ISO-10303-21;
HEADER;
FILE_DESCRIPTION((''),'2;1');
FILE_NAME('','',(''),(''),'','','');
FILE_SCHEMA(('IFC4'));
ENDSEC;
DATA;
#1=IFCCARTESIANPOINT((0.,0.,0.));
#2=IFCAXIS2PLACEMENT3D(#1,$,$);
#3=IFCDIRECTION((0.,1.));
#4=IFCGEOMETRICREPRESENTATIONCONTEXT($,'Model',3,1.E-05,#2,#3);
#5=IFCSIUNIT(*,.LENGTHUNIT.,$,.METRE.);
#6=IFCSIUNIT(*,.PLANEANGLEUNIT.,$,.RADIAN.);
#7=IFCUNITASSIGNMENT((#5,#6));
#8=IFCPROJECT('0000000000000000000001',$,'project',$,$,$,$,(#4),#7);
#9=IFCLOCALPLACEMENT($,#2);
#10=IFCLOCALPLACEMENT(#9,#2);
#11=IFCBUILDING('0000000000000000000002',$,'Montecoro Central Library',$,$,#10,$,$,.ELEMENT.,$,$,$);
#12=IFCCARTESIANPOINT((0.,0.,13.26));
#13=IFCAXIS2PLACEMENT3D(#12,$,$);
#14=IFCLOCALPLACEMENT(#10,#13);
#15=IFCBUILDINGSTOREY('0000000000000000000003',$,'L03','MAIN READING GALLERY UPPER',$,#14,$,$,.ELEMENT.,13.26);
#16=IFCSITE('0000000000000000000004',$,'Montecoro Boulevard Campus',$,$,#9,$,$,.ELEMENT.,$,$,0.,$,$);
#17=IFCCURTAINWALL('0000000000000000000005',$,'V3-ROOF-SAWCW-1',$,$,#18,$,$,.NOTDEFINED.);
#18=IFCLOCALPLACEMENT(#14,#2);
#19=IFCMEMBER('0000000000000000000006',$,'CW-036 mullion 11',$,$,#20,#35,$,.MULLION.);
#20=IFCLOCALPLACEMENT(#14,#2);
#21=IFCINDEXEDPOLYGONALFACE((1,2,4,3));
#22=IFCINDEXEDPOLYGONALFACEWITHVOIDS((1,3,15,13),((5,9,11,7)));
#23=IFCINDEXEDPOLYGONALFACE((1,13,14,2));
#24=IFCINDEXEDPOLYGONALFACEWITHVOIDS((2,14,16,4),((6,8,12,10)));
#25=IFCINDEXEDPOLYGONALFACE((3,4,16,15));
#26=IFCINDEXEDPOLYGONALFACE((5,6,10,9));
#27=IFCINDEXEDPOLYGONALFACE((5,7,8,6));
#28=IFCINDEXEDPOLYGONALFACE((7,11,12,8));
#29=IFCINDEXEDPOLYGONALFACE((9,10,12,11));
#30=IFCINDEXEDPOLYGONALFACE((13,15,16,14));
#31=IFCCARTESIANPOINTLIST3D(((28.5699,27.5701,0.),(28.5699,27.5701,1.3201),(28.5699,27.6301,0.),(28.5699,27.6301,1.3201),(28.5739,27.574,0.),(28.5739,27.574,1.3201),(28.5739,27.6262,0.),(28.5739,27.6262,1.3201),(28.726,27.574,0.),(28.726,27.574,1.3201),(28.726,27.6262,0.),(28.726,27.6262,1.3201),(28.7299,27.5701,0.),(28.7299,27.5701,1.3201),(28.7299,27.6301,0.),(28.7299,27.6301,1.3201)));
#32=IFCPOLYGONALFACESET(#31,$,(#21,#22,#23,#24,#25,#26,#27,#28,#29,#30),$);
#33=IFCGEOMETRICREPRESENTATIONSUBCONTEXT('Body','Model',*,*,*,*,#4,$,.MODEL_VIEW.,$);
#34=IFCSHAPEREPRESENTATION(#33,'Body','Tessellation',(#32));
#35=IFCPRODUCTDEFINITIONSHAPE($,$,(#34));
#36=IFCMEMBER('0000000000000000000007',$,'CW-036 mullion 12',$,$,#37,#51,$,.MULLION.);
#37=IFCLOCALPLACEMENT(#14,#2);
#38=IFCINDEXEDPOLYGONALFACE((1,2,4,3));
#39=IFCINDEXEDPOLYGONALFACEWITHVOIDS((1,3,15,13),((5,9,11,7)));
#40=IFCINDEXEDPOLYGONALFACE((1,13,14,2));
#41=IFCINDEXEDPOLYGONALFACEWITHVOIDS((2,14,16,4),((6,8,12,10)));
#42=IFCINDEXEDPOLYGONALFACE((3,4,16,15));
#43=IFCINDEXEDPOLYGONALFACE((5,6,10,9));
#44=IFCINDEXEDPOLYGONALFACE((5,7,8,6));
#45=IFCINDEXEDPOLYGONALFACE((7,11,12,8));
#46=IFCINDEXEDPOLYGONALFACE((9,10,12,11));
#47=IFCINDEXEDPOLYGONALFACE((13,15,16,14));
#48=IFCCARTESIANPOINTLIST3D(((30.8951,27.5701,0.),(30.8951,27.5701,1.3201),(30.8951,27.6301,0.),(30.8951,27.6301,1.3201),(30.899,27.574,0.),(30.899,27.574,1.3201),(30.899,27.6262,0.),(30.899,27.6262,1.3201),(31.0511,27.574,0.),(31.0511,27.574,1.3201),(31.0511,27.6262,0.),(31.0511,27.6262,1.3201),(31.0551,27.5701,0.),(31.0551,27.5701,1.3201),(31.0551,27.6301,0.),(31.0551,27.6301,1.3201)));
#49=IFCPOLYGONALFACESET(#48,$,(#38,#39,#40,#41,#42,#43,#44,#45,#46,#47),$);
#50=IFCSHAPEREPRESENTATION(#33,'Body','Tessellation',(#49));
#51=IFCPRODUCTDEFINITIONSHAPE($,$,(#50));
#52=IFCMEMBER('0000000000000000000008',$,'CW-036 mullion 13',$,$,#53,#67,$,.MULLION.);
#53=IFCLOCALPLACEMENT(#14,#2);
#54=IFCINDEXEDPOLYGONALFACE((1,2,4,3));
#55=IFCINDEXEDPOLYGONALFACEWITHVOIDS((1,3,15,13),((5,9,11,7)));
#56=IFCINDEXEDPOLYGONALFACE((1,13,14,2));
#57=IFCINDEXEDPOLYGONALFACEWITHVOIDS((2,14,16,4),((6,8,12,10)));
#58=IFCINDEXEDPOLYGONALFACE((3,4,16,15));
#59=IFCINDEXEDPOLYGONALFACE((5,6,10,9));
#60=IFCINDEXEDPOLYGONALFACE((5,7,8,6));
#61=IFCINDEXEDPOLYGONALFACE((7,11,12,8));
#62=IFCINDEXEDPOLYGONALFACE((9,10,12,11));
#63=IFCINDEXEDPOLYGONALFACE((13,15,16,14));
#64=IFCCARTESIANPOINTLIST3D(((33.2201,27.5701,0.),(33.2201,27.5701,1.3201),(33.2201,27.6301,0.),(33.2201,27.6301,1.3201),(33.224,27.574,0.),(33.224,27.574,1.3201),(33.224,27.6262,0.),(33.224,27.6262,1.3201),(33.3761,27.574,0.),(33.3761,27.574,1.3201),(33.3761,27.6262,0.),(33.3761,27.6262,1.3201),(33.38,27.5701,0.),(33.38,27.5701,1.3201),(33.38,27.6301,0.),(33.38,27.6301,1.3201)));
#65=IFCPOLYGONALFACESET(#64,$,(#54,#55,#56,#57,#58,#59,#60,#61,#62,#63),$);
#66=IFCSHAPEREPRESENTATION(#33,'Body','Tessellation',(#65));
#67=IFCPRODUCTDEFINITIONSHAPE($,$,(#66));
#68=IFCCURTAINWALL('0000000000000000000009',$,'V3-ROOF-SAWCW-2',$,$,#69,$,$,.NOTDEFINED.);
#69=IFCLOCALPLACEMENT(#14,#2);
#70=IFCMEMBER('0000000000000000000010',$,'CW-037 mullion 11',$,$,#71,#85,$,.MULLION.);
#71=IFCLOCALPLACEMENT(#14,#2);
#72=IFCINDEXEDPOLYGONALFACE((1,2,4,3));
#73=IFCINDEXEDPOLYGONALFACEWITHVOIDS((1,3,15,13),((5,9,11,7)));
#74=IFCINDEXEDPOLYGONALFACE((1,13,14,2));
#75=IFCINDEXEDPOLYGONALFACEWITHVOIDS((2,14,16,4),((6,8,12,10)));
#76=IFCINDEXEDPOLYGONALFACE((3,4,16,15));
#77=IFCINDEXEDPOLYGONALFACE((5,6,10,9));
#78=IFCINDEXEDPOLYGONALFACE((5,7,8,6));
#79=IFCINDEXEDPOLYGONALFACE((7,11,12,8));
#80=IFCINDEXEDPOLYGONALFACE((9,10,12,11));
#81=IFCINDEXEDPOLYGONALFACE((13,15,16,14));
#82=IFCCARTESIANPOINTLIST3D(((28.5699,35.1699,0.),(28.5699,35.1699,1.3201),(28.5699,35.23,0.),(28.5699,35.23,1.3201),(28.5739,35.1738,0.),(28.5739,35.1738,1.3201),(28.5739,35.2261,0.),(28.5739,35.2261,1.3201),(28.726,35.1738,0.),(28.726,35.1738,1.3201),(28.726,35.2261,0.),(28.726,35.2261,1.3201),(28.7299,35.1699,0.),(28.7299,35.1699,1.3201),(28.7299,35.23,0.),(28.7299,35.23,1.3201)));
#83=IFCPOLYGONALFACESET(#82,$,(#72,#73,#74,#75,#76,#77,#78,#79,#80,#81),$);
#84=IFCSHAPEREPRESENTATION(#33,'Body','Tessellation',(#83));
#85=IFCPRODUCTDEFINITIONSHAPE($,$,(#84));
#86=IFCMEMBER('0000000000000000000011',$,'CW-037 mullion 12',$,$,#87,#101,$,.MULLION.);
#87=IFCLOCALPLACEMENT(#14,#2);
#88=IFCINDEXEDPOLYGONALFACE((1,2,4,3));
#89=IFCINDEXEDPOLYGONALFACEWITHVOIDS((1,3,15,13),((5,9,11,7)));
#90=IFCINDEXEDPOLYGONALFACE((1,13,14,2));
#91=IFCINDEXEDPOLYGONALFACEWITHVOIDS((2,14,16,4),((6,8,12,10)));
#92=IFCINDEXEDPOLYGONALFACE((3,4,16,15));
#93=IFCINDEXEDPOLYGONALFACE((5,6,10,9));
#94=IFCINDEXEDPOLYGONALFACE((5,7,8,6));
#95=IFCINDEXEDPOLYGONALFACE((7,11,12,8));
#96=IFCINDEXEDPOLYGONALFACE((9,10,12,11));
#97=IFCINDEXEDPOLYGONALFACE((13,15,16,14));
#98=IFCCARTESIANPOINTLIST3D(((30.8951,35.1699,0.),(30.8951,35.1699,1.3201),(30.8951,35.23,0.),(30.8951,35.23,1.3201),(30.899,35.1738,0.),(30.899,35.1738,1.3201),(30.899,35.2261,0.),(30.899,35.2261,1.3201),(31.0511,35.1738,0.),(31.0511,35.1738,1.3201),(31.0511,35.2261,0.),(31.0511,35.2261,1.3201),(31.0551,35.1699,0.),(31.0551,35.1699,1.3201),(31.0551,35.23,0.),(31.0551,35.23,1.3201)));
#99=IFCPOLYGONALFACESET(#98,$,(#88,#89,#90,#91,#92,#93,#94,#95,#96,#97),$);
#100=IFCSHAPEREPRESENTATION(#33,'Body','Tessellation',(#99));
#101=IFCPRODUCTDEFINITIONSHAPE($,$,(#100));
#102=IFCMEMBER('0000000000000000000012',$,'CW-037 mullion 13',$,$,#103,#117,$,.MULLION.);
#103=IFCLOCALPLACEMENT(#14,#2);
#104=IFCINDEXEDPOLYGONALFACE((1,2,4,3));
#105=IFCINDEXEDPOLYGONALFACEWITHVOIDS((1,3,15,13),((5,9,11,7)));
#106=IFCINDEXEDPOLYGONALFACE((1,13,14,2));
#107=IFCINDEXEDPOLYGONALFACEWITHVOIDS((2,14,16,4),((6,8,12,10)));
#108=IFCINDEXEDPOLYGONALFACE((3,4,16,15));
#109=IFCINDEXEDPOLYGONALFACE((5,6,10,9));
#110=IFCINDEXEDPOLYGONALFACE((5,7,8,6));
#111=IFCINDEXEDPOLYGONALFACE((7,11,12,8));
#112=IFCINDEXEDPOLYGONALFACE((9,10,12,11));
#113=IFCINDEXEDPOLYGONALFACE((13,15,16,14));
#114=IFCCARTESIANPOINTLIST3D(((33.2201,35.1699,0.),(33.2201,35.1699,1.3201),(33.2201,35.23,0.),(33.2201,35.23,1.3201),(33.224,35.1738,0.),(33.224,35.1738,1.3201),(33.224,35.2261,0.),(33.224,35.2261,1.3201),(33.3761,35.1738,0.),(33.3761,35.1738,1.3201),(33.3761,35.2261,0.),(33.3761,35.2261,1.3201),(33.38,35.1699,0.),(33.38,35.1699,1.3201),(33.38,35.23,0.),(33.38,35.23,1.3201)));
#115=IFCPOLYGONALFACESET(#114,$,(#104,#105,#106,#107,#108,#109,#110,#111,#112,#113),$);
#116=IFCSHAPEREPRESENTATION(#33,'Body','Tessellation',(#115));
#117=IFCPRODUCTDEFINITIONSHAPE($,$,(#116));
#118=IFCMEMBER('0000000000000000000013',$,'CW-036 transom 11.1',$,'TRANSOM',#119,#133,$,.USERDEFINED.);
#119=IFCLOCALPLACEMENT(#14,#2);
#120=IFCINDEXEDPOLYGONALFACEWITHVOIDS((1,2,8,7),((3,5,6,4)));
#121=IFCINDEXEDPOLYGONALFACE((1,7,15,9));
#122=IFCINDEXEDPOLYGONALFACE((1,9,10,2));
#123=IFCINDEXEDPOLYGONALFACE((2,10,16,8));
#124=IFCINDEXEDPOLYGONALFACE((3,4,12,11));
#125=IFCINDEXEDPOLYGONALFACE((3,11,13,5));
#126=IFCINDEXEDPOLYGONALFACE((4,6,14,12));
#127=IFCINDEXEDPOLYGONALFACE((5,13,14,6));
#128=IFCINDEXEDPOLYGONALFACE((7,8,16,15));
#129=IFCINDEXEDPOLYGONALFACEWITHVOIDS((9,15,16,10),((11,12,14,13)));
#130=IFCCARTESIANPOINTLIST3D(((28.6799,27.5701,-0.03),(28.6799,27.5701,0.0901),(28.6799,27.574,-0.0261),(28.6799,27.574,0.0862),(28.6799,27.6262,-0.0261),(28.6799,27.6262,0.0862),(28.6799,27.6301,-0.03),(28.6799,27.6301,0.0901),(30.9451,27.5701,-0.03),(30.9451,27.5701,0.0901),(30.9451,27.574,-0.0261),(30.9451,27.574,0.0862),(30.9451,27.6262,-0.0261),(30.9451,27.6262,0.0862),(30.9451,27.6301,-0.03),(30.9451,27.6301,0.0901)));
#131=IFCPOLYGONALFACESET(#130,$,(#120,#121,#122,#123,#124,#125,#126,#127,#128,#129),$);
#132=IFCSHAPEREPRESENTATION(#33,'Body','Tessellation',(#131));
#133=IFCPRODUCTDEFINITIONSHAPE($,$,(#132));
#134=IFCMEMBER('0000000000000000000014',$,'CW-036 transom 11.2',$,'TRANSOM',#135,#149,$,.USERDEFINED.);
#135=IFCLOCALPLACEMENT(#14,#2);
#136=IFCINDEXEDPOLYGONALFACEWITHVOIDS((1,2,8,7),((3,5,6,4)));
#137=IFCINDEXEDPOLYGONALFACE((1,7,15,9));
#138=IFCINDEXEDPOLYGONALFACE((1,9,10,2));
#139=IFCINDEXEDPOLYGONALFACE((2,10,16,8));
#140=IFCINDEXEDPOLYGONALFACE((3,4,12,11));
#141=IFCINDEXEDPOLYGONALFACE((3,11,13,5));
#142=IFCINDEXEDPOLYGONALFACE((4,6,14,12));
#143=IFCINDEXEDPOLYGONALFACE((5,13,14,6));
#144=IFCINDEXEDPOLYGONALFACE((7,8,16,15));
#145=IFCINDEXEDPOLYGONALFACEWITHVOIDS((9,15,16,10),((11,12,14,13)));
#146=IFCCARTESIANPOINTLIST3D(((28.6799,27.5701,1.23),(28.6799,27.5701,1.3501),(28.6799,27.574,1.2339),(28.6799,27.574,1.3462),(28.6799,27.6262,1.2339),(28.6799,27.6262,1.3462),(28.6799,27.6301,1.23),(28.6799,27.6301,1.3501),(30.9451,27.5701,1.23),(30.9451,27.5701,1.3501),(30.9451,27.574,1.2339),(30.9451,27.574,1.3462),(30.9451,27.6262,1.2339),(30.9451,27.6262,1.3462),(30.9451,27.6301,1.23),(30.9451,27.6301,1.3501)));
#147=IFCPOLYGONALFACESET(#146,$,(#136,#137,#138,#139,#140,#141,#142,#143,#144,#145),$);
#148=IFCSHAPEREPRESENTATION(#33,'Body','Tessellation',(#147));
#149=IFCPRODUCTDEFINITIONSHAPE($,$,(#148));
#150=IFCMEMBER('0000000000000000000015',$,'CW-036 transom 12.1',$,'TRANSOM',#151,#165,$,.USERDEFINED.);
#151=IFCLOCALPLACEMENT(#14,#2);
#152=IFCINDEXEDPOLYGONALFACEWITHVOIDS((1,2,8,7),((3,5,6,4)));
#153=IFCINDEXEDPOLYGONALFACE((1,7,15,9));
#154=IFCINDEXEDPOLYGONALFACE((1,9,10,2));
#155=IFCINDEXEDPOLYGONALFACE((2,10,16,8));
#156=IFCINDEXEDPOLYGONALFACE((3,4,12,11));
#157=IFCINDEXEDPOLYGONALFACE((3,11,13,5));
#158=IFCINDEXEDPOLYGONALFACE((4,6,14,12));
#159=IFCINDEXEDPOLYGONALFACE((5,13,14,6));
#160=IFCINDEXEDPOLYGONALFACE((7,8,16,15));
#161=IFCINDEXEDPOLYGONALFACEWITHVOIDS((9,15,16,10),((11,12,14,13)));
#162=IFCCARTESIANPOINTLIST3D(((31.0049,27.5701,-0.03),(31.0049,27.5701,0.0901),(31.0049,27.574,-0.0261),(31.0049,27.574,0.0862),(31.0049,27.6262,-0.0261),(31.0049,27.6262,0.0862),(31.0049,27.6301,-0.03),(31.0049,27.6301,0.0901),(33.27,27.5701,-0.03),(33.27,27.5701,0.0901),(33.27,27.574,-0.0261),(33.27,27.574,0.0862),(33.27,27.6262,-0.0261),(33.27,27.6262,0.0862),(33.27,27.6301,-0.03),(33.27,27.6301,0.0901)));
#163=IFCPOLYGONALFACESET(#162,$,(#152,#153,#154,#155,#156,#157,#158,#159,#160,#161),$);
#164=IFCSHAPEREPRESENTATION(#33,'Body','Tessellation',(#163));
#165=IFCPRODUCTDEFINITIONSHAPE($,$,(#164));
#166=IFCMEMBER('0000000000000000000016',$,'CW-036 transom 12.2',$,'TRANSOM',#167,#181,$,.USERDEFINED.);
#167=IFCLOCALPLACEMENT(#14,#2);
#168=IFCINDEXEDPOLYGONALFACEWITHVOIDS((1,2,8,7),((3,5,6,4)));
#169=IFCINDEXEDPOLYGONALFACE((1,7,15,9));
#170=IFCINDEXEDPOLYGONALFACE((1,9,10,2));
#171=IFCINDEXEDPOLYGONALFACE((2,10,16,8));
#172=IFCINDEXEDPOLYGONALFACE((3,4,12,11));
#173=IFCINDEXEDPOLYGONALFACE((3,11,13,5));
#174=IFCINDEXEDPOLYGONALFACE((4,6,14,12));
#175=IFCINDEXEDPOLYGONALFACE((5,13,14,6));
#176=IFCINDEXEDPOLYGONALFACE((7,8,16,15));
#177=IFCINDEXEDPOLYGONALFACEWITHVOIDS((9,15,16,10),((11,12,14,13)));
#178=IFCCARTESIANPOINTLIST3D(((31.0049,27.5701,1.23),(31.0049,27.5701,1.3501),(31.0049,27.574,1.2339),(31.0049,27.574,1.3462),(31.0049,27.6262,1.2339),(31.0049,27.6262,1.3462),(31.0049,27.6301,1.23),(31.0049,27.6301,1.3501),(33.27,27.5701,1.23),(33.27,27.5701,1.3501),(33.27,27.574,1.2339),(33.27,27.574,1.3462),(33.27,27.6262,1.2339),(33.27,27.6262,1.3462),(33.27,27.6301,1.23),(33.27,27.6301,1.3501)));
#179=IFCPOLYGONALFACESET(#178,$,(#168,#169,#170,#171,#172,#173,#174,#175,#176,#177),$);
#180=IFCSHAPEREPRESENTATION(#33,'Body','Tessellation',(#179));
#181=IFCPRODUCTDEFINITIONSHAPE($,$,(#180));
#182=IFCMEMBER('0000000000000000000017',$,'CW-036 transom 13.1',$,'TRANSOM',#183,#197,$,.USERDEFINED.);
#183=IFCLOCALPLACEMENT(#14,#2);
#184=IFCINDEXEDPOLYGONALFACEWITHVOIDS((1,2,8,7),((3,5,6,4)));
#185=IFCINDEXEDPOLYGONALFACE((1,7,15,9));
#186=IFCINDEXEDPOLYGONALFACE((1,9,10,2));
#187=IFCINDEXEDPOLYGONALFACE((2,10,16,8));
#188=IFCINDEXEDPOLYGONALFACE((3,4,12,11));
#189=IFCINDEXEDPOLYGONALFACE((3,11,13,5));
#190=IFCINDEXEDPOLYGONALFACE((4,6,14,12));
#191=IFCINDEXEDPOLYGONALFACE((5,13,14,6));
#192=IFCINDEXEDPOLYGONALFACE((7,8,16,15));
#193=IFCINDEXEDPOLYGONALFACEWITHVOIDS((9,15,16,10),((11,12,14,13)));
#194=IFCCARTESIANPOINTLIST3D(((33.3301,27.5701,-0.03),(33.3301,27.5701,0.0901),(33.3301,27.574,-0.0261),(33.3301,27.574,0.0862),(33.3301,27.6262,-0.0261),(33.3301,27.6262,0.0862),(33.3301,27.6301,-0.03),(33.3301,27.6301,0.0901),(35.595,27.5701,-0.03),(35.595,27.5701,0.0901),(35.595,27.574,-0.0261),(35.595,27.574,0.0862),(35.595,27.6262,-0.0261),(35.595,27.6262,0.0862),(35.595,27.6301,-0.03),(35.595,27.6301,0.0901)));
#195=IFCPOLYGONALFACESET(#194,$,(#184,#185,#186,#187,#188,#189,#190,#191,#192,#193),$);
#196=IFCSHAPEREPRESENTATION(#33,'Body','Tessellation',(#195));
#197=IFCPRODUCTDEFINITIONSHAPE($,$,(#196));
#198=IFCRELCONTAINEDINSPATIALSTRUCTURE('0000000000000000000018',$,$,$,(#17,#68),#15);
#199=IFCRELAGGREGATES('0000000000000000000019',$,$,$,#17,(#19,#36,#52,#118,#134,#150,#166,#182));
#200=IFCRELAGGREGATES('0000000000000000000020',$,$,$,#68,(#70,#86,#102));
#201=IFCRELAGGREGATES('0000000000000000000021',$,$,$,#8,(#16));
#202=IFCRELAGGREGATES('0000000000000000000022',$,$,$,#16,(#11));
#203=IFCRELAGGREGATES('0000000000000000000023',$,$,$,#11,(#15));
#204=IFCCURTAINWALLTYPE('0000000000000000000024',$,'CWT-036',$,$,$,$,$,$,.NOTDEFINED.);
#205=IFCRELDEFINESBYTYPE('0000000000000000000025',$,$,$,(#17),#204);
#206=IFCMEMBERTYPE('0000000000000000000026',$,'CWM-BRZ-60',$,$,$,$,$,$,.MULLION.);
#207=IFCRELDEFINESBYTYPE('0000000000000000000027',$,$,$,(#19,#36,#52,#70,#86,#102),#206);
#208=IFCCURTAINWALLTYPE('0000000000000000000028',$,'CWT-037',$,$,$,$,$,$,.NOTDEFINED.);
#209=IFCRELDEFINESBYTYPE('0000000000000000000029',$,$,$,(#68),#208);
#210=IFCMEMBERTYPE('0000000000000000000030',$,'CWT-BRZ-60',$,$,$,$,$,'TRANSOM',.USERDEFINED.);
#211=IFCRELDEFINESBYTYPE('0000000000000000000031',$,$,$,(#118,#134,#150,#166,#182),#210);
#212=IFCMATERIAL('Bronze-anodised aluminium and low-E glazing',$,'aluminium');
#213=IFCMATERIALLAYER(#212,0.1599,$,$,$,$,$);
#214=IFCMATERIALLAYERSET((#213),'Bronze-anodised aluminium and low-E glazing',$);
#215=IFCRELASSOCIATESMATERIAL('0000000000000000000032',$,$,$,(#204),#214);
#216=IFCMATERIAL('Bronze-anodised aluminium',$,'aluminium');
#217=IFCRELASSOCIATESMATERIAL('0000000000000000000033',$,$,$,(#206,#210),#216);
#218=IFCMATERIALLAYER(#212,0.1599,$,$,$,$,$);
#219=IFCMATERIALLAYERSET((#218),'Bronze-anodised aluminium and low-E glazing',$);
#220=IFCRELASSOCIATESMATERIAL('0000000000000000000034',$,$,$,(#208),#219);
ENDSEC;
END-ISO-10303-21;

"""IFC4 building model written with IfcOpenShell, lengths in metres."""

from ifc_helpers import new_model, si_unit, direction, frame, origin, origin_2d, place, context, subcontext, project, spatial, hollow_rectangle, extrude, material, layer, layer_set, material_profile, profile_set, type_object, element, aggregate, save


model = new_model("IFC4")

# Units and contexts
model_context = context("Model", 3, precision=1e-05, world=origin(), true_north=direction((0.0, 1.0)))
body_context = subcontext(model_context, "Body", "Model", "MODEL_VIEW")
ifc_project = project(units=[si_unit("LENGTHUNIT", "METRE"), si_unit("PLANEANGLEUNIT", "RADIAN")], contexts=[model_context])

# Site, building, storey
site_placement = place(None, origin())
site = spatial("IfcSite", under=ifc_project, at=site_placement, Name="Montecoro Boulevard Campus", CompositionType="ELEMENT", RefElevation=0.0)
building_placement = place(site_placement, origin())
building = spatial("IfcBuilding", under=site, at=building_placement, Name="Montecoro Central Library", CompositionType="ELEMENT")
storey_placement = place(building_placement, frame((0.0, 0.0, 13.26)))
storey = spatial("IfcBuildingStorey", under=building, at=storey_placement, Name="L03", Description="MAIN READING GALLERY UPPER", CompositionType="ELEMENT", Elevation=13.26)

# Curtain walls, members
ifc_material_1 = material(Name="Bronze-anodised aluminium and low-E glazing", Category="aluminium")
ifc_layer_1 = layer(ifc_material_1, 0.1599)
ifc_layer_set_1 = layer_set([ifc_layer_1], Name="Bronze-anodised aluminium and low-E glazing")
curtain_wall_type_1 = type_object("IfcCurtainWallType", Name="CWT-036", PredefinedType="NOTDEFINED", material=ifc_layer_set_1)
curtain_wall_1_placement = place(storey_placement, origin())
curtain_wall_1 = element("IfcCurtainWall", 1, at=curtain_wall_1_placement, inside=storey, type_object=curtain_wall_type_1, Name="V3-ROOF-SAWCW-1", PredefinedType="NOTDEFINED")
ifc_material_2 = material(Name="Bronze-anodised aluminium", Category="aluminium")
ifc_material_profile_1 = material_profile(ifc_material_2, hollow_rectangle(XDim=0.0601, YDim=0.1599, WallThickness=0.0039, at=origin_2d()), Name="CWM 160x60x4.0")
ifc_profile_set_1 = profile_set([ifc_material_profile_1], Name="Bronze-anodised aluminium")
member_type_1 = type_object("IfcMemberType", Name="CWM-BRZ-60", PredefinedType="MULLION", material=ifc_profile_set_1)
member_1_placement = place(storey_placement, frame((28.6499, 27.6001, 0.0), z_axis=(0.0, 0.0, 1.0), x_axis=(0.0, 1.0, 0.0)))
member_1 = element("IfcMember", 2, at=member_1_placement, type_object=member_type_1, Name="CW-036 mullion 11", PredefinedType="MULLION", context=body_context, shape_type="SweptSolid", body=[
    extrude(hollow_rectangle(XDim=0.0601, YDim=0.1599, WallThickness=0.0039, at=origin_2d()), origin(), (0.0, 0.0, 1.0), 1.3201),
])
member_2_placement = place(storey_placement, frame((30.9751, 27.6001, 0.0), z_axis=(0.0, 0.0, 1.0), x_axis=(0.0, 1.0, 0.0)))
member_2 = element("IfcMember", 3, at=member_2_placement, type_object=member_type_1, Name="CW-036 mullion 12", PredefinedType="MULLION", context=body_context, shape_type="SweptSolid", body=[
    extrude(hollow_rectangle(XDim=0.0601, YDim=0.1599, WallThickness=0.0039, at=origin_2d()), origin(), (0.0, 0.0, 1.0), 1.3201),
])
member_3_placement = place(storey_placement, frame((33.3, 27.6001, 0.0), z_axis=(0.0, 0.0, 1.0), x_axis=(0.0, 1.0, 0.0)))
member_3 = element("IfcMember", 4, at=member_3_placement, type_object=member_type_1, Name="CW-036 mullion 13", PredefinedType="MULLION", context=body_context, shape_type="SweptSolid", body=[
    extrude(hollow_rectangle(XDim=0.0601, YDim=0.1599, WallThickness=0.0039, at=origin_2d()), origin(), (0.0, 0.0, 1.0), 1.3201),
])
ifc_layer_2 = layer(ifc_material_1, 0.1599)
ifc_layer_set_2 = layer_set([ifc_layer_2], Name="Bronze-anodised aluminium and low-E glazing")
curtain_wall_type_2 = type_object("IfcCurtainWallType", Name="CWT-037", PredefinedType="NOTDEFINED", material=ifc_layer_set_2)
curtain_wall_2_placement = place(storey_placement, origin())
curtain_wall_2 = element("IfcCurtainWall", 5, at=curtain_wall_2_placement, inside=storey, type_object=curtain_wall_type_2, Name="V3-ROOF-SAWCW-2", PredefinedType="NOTDEFINED")
member_4_placement = place(storey_placement, frame((28.6499, 35.2, 0.0), z_axis=(0.0, 0.0, 1.0), x_axis=(0.0, 1.0, 0.0)))
member_4 = element("IfcMember", 6, at=member_4_placement, type_object=member_type_1, Name="CW-037 mullion 11", PredefinedType="MULLION", context=body_context, shape_type="SweptSolid", body=[
    extrude(hollow_rectangle(XDim=0.0601, YDim=0.1599, WallThickness=0.0039, at=origin_2d()), origin(), (0.0, 0.0, 1.0), 1.3201),
])
member_5_placement = place(storey_placement, frame((30.9751, 35.2, 0.0), z_axis=(0.0, 0.0, 1.0), x_axis=(0.0, 1.0, 0.0)))
member_5 = element("IfcMember", 7, at=member_5_placement, type_object=member_type_1, Name="CW-037 mullion 12", PredefinedType="MULLION", context=body_context, shape_type="SweptSolid", body=[
    extrude(hollow_rectangle(XDim=0.0601, YDim=0.1599, WallThickness=0.0039, at=origin_2d()), origin(), (0.0, 0.0, 1.0), 1.3201),
])
member_6_placement = place(storey_placement, frame((33.3, 35.2, 0.0), z_axis=(0.0, 0.0, 1.0), x_axis=(0.0, 1.0, 0.0)))
member_6 = element("IfcMember", 8, at=member_6_placement, type_object=member_type_1, Name="CW-037 mullion 13", PredefinedType="MULLION", context=body_context, shape_type="SweptSolid", body=[
    extrude(hollow_rectangle(XDim=0.0601, YDim=0.1599, WallThickness=0.0039, at=origin_2d()), origin(), (0.0, 0.0, 1.0), 1.3201),
])

# Members
ifc_material_profile_2 = material_profile(ifc_material_2, hollow_rectangle(XDim=0.0601, YDim=0.1201, WallThickness=0.0039, at=origin_2d()), Name="CWT 120x60x4.0")
ifc_profile_set_2 = profile_set([ifc_material_profile_2], Name="Bronze-anodised aluminium")
member_type_2 = type_object("IfcMemberType", Name="CWT-BRZ-60", ElementType="TRANSOM", PredefinedType="USERDEFINED", material=ifc_profile_set_2)
member_7_placement = place(storey_placement, frame((28.6799, 27.6001, 0.03), z_axis=(1.0, 0.0, 0.0), x_axis=(0.0, 1.0, 0.0)))
member_7 = element("IfcMember", 9, at=member_7_placement, type_object=member_type_2, Name="CW-036 transom 11.1", ObjectType="TRANSOM", PredefinedType="USERDEFINED", context=body_context, shape_type="SweptSolid", body=[
    extrude(hollow_rectangle(XDim=0.0601, YDim=0.1201, WallThickness=0.0039, at=origin_2d()), origin(), (0.0, 0.0, 1.0), 2.2651),
])
member_8_placement = place(storey_placement, frame((28.6799, 27.6001, 1.29), z_axis=(1.0, 0.0, 0.0), x_axis=(0.0, 1.0, 0.0)))
member_8 = element("IfcMember", 10, at=member_8_placement, type_object=member_type_2, Name="CW-036 transom 11.2", ObjectType="TRANSOM", PredefinedType="USERDEFINED", context=body_context, shape_type="SweptSolid", body=[
    extrude(hollow_rectangle(XDim=0.0601, YDim=0.1201, WallThickness=0.0039, at=origin_2d()), origin(), (0.0, 0.0, 1.0), 2.2651),
])
member_9_placement = place(storey_placement, frame((31.0049, 27.6001, 0.03), z_axis=(1.0, 0.0, 0.0), x_axis=(0.0, 1.0, 0.0)))
member_9 = element("IfcMember", 11, at=member_9_placement, type_object=member_type_2, Name="CW-036 transom 12.1", ObjectType="TRANSOM", PredefinedType="USERDEFINED", context=body_context, shape_type="SweptSolid", body=[
    extrude(hollow_rectangle(XDim=0.0601, YDim=0.1201, WallThickness=0.0039, at=origin_2d()), origin(), (0.0, 0.0, 1.0), 2.2651),
])
member_10_placement = place(storey_placement, frame((31.0049, 27.6001, 1.29), z_axis=(1.0, 0.0, 0.0), x_axis=(0.0, 1.0, 0.0)))
member_10 = element("IfcMember", 12, at=member_10_placement, type_object=member_type_2, Name="CW-036 transom 12.2", ObjectType="TRANSOM", PredefinedType="USERDEFINED", context=body_context, shape_type="SweptSolid", body=[
    extrude(hollow_rectangle(XDim=0.0601, YDim=0.1201, WallThickness=0.0039, at=origin_2d()), origin(), (0.0, 0.0, 1.0), 2.2651),
])
member_11_placement = place(storey_placement, frame((33.3301, 27.6001, 0.03), z_axis=(1.0, 0.0, 0.0), x_axis=(0.0, 1.0, 0.0)))
member_11 = element("IfcMember", 13, at=member_11_placement, type_object=member_type_2, Name="CW-036 transom 13.1", ObjectType="TRANSOM", PredefinedType="USERDEFINED", context=body_context, shape_type="SweptSolid", body=[
    extrude(hollow_rectangle(XDim=0.0601, YDim=0.1201, WallThickness=0.0039, at=origin_2d()), origin(), (0.0, 0.0, 1.0), 2.2649),
])

aggregate(curtain_wall_1, [member_1, member_2, member_3, member_7, member_8, member_9, member_10, member_11])
aggregate(curtain_wall_2, [member_4, member_5, member_6])

save(model, "model.ifc")
